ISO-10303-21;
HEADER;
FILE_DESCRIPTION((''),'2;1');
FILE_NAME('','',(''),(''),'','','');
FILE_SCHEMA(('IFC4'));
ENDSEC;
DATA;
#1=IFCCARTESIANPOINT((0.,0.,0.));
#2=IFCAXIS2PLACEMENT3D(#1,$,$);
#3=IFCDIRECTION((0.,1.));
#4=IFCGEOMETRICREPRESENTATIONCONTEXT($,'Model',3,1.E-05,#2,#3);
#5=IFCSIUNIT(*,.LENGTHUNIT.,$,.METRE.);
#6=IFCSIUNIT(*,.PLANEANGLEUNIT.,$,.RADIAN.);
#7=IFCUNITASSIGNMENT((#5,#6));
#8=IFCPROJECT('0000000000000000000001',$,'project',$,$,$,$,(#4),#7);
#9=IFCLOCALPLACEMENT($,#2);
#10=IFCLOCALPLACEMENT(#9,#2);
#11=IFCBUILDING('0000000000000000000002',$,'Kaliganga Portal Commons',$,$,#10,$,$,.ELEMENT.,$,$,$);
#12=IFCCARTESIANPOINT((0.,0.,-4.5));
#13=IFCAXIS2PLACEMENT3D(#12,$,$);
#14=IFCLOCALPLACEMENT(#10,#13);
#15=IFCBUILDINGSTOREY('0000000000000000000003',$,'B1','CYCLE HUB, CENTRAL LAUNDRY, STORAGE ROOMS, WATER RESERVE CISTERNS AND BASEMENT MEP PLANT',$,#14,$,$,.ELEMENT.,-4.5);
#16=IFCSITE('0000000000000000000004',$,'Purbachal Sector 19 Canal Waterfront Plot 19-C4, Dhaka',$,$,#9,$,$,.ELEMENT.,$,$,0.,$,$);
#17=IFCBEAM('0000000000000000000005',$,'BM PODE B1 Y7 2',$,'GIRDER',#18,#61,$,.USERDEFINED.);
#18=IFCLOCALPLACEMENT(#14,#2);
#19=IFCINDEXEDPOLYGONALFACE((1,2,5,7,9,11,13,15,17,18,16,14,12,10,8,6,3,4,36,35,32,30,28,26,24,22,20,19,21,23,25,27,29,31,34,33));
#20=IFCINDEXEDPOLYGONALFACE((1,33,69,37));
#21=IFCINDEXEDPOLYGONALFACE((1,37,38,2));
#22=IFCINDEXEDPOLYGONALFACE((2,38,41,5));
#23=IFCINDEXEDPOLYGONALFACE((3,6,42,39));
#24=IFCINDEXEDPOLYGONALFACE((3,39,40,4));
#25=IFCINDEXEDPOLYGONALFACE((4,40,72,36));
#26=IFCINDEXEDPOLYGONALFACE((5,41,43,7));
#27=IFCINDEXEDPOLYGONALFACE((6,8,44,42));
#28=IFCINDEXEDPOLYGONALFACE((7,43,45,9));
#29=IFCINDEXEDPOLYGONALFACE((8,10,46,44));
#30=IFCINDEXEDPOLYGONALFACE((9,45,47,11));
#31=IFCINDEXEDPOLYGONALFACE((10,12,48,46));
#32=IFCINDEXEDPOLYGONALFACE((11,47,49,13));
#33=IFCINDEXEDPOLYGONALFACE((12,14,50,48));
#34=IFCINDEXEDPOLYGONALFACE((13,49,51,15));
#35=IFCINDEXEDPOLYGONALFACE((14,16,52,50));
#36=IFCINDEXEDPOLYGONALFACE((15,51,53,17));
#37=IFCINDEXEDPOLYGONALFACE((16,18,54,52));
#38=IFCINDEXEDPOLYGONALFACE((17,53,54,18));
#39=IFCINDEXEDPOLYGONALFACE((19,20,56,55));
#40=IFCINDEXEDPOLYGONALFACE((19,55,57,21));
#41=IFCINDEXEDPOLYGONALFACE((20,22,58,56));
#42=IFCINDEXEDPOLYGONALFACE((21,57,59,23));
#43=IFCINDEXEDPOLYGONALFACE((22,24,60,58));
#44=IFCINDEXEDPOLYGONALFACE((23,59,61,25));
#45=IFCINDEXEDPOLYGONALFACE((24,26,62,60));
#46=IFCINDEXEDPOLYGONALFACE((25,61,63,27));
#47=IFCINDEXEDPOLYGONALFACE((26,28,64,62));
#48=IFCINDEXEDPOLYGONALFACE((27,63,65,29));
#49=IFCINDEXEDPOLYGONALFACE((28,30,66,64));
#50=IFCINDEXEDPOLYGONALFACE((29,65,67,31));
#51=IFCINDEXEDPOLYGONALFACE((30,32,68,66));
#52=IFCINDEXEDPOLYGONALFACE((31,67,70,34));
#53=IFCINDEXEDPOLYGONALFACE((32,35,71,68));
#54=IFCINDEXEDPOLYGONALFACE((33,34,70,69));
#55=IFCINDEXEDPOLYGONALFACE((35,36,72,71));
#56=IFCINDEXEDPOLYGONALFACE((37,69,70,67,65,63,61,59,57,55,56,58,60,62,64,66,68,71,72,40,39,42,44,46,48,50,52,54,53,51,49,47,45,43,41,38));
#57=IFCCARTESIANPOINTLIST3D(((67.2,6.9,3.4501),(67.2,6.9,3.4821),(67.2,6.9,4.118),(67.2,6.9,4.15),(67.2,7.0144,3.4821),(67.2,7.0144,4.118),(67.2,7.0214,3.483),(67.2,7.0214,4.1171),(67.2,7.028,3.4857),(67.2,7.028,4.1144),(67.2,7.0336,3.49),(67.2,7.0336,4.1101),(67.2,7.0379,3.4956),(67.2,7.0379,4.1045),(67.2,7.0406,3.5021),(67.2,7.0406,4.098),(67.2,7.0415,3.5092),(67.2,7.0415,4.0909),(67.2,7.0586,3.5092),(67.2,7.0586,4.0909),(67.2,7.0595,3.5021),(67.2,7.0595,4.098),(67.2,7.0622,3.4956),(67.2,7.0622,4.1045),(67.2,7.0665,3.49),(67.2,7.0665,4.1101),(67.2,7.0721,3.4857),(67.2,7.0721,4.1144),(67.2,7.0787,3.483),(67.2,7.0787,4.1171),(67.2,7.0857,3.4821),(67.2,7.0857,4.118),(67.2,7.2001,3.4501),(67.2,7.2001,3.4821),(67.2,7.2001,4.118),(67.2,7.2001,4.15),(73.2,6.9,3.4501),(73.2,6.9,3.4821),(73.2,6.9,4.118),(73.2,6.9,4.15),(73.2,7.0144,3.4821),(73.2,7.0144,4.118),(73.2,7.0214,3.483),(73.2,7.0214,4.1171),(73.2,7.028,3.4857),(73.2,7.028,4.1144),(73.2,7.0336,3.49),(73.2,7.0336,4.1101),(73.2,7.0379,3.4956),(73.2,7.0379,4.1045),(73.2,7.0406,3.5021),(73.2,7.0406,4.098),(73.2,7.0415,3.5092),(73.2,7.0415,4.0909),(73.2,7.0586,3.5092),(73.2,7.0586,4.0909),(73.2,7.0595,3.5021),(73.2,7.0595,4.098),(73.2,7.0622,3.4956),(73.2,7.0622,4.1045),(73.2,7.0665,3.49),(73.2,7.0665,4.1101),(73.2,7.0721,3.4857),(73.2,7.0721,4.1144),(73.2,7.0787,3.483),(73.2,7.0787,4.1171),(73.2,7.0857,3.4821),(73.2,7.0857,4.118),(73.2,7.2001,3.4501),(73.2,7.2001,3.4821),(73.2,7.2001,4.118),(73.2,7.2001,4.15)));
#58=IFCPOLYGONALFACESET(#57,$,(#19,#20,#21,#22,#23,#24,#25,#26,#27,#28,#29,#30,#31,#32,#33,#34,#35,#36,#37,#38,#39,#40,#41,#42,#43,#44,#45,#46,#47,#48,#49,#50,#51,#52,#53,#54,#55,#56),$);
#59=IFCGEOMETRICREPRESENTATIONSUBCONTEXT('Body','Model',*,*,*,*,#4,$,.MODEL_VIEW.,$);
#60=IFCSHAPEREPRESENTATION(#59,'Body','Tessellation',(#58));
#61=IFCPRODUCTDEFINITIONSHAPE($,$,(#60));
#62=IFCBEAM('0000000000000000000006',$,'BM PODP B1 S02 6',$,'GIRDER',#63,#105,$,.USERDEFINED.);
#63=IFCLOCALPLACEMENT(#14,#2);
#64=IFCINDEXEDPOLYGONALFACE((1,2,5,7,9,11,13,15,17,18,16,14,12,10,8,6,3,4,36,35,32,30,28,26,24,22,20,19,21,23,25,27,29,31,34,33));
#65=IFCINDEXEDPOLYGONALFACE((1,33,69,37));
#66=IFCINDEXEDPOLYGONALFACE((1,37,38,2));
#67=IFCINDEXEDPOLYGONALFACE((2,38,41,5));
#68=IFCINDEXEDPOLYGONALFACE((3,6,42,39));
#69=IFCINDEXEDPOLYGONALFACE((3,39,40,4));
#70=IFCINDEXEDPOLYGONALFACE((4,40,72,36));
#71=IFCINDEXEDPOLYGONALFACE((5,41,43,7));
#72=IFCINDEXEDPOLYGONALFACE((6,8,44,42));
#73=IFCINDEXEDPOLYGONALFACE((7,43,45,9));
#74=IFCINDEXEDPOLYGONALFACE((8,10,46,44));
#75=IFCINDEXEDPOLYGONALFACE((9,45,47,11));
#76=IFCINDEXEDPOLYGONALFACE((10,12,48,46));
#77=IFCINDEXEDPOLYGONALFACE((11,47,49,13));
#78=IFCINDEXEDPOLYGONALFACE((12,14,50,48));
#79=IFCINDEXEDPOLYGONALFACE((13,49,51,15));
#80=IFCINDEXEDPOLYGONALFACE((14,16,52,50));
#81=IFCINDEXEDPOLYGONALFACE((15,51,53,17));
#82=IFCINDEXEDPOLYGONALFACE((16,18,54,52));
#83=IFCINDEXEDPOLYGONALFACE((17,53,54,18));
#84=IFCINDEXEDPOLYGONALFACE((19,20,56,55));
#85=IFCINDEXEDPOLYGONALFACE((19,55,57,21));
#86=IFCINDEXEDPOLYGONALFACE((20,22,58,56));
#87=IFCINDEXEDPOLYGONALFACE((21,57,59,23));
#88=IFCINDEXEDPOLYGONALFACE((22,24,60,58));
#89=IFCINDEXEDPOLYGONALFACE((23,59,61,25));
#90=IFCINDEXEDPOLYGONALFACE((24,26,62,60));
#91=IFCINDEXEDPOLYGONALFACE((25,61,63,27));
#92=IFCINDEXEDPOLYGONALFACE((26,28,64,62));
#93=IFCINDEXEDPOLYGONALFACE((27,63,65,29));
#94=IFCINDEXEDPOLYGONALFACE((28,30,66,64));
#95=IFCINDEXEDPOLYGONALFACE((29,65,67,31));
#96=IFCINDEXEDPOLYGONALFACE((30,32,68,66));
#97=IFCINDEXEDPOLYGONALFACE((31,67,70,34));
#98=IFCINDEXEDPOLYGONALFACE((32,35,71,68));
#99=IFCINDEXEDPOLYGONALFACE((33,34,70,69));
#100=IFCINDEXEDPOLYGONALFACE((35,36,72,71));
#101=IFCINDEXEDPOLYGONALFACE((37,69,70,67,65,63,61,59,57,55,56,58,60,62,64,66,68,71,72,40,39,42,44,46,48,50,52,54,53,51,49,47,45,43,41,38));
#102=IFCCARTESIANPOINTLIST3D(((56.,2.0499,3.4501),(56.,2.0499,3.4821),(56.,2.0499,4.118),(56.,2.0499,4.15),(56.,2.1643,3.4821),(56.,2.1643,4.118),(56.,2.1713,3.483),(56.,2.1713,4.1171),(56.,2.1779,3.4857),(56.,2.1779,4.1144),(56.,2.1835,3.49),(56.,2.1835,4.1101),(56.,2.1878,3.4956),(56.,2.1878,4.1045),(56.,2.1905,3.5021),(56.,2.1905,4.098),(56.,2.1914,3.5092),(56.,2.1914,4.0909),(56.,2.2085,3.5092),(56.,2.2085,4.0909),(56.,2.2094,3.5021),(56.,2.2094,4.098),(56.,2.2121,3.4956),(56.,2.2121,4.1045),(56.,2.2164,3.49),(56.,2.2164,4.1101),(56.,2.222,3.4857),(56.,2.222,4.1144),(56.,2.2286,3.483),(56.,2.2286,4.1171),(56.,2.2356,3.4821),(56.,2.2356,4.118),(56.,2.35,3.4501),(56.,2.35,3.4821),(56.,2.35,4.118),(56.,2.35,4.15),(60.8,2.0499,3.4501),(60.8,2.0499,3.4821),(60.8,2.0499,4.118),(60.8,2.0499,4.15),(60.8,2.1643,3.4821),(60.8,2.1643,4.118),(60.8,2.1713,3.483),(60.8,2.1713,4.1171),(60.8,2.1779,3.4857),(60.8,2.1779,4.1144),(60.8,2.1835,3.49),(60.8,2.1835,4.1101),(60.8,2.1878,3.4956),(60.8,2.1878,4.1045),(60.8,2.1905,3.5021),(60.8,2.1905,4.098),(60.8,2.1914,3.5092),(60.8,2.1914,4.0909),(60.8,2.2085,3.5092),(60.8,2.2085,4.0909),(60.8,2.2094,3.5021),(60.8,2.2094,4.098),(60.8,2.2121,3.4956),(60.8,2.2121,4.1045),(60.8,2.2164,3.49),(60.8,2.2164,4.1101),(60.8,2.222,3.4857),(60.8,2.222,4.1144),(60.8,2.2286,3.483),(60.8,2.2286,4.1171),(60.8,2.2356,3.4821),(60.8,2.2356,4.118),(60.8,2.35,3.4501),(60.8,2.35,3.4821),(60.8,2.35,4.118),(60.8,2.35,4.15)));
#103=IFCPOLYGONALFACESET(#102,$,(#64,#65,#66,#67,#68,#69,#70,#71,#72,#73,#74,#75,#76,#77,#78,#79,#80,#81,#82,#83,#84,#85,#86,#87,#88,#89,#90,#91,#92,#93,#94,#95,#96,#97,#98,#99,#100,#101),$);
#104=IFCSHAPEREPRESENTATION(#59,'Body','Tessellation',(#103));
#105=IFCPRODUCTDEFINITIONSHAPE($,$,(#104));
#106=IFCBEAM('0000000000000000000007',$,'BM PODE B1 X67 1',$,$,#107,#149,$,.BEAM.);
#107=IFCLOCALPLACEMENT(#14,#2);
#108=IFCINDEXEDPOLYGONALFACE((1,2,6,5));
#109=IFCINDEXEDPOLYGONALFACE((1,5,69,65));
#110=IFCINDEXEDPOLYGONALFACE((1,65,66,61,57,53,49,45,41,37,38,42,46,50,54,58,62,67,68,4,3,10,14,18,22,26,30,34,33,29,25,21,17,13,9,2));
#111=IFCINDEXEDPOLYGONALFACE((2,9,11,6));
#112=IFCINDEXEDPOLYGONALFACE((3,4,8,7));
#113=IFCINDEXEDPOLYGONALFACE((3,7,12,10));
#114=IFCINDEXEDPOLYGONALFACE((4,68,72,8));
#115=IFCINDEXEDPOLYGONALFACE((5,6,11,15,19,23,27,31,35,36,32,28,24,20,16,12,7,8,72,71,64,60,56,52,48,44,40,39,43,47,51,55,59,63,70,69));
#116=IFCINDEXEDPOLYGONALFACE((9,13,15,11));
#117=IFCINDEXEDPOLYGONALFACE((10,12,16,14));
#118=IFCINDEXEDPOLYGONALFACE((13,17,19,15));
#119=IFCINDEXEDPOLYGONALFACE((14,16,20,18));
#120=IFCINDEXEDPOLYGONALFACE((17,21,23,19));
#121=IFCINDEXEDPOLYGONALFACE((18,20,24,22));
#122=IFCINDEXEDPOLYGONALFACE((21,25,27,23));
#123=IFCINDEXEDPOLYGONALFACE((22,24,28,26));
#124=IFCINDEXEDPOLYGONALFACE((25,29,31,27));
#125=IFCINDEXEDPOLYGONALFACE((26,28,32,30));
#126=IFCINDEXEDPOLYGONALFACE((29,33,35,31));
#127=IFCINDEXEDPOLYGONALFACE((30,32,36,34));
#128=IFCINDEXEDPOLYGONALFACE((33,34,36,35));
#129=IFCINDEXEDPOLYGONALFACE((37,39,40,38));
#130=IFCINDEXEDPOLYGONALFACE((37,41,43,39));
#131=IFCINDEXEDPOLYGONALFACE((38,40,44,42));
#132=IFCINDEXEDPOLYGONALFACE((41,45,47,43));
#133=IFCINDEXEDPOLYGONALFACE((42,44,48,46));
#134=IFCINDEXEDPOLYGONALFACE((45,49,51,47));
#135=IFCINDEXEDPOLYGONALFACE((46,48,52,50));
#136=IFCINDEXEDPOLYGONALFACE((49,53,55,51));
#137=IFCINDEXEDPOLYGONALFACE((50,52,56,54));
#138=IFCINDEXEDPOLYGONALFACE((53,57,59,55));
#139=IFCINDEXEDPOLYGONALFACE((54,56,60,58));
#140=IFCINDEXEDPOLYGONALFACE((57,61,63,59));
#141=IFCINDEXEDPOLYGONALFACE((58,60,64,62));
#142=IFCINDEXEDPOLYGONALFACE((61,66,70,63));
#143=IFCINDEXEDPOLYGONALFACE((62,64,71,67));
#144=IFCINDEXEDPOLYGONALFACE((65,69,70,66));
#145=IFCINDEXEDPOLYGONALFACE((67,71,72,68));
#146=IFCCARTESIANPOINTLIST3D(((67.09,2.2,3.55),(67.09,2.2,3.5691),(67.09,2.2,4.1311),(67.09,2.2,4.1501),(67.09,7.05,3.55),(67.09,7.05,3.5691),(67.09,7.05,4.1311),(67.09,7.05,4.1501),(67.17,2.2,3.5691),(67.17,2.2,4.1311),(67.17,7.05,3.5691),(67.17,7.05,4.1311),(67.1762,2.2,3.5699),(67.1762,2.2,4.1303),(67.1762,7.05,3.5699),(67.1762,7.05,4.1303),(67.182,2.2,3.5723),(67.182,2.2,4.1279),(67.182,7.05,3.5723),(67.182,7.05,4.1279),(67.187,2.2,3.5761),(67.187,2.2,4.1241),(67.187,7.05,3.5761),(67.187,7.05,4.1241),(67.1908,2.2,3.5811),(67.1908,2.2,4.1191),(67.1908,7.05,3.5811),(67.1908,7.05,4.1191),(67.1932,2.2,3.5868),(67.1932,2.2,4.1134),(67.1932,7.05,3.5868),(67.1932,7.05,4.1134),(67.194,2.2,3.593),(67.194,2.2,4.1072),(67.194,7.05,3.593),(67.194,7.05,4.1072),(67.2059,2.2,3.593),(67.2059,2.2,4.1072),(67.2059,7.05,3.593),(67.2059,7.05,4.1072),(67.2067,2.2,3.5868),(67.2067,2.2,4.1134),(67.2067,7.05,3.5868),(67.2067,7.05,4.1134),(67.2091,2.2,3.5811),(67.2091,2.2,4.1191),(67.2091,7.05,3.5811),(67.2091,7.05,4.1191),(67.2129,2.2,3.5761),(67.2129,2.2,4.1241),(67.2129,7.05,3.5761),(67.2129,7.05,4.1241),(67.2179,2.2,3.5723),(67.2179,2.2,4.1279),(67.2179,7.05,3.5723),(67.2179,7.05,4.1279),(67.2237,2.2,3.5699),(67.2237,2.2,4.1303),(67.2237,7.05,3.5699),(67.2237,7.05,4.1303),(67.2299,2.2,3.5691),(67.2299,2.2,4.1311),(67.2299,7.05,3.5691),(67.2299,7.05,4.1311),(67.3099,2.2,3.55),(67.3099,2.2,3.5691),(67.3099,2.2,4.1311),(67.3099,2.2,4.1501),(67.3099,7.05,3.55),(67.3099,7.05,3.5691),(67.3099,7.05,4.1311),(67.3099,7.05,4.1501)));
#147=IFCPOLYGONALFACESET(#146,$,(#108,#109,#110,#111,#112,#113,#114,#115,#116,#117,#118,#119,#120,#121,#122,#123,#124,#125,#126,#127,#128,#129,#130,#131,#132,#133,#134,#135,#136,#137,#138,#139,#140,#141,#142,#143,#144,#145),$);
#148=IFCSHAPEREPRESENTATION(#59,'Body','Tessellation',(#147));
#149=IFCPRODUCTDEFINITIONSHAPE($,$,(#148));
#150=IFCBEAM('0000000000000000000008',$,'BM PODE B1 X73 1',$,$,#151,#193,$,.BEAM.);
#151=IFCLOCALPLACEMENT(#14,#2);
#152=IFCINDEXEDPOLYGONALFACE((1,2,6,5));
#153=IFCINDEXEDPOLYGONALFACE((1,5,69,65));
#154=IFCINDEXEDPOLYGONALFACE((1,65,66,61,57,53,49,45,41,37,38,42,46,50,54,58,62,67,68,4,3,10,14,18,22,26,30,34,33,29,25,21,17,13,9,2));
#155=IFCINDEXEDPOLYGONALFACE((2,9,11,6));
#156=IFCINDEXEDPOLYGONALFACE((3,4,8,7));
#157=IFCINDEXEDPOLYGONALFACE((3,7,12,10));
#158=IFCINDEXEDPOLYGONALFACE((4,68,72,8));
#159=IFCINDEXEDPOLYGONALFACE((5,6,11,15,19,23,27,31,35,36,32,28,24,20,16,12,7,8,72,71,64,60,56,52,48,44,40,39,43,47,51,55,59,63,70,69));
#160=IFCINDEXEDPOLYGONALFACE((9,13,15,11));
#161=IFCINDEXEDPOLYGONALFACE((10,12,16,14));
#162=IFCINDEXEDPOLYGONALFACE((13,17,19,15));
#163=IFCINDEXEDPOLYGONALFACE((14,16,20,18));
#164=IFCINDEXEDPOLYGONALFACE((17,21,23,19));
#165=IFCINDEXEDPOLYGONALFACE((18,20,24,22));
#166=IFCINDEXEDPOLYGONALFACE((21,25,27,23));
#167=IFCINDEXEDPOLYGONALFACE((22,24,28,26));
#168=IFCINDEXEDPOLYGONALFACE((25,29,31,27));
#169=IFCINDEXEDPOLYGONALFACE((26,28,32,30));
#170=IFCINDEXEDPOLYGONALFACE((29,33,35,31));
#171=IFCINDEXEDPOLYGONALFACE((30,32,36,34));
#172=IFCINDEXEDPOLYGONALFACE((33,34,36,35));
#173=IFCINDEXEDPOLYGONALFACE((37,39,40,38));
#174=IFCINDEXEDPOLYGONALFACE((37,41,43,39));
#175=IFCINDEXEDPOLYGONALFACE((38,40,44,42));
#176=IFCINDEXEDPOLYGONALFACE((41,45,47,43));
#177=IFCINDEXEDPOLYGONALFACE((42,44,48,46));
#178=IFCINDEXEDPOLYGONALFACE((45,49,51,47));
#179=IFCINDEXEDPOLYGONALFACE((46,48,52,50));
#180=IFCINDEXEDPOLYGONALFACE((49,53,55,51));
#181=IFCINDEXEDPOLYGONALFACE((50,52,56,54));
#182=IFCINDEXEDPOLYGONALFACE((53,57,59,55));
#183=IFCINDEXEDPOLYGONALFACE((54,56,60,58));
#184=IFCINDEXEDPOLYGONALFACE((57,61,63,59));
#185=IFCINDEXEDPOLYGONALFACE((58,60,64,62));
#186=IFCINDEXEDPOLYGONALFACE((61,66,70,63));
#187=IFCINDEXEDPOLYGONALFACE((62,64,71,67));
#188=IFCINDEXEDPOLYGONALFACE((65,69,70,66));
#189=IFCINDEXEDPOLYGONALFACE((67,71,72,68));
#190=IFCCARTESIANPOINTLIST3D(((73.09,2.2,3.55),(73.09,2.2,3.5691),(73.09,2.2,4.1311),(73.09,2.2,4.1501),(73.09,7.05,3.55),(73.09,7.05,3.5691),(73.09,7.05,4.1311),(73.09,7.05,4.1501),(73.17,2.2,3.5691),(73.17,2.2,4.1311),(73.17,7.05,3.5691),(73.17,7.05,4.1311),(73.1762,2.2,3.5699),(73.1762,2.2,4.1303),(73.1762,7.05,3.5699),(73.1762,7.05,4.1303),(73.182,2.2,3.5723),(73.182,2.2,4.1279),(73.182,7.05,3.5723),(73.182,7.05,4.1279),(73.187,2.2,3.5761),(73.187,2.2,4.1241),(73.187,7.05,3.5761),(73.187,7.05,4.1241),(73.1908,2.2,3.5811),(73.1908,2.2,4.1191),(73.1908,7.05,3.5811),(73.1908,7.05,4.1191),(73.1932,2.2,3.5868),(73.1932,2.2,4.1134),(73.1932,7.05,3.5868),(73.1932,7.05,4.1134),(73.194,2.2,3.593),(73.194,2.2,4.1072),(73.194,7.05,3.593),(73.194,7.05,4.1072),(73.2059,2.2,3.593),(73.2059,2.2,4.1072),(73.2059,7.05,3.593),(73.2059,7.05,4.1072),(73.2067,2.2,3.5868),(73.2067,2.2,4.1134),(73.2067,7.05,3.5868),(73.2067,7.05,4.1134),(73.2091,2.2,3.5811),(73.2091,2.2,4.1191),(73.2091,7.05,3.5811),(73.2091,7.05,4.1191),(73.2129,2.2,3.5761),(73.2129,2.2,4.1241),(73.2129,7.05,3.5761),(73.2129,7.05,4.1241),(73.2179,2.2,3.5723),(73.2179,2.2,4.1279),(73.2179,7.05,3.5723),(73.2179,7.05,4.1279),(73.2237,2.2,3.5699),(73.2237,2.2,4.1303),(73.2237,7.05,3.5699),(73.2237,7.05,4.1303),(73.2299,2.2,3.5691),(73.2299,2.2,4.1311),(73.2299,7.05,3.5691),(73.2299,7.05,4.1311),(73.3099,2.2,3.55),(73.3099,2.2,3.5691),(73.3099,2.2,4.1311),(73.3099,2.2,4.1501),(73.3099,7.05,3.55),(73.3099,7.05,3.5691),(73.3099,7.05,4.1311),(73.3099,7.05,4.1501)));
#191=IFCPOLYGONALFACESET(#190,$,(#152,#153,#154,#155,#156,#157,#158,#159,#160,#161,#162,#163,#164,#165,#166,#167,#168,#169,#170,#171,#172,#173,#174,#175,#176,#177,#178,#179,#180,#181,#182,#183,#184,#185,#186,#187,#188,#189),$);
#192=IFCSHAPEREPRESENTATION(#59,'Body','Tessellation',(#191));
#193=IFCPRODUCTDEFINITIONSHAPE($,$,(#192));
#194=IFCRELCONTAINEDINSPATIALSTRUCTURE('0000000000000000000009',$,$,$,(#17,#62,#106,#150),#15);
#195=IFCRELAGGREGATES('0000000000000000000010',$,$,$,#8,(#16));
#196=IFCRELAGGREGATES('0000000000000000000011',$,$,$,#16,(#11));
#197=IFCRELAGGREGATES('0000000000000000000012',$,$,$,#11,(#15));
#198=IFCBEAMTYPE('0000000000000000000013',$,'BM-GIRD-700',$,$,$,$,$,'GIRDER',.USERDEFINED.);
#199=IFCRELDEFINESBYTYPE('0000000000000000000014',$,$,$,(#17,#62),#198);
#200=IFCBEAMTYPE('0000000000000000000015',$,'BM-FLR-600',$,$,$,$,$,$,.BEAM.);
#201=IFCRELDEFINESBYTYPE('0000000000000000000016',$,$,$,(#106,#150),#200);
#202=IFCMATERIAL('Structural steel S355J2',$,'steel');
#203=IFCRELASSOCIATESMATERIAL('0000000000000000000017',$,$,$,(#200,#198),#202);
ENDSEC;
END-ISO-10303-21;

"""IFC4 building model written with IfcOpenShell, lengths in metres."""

from ifc_helpers import new_model, si_unit, direction, frame, origin, origin_2d, place, context, subcontext, project, spatial, i_section, extrude, source, transform, mapped, material, material_profile, profile_set, type_object, element, save


model = new_model("IFC4")

# Units and contexts
model_context = context("Model", 3, precision=1e-05, world=origin(), true_north=direction((0.0, 1.0)))
body_context = subcontext(model_context, "Body", "Model", "MODEL_VIEW")
ifc_project = project(units=[si_unit("LENGTHUNIT", "METRE"), si_unit("PLANEANGLEUNIT", "RADIAN")], contexts=[model_context])

# Site, building, storey
site_placement = place(None, origin())
site = spatial("IfcSite", under=ifc_project, at=site_placement, Name="Purbachal Sector 19 Canal Waterfront Plot 19-C4, Dhaka", CompositionType="ELEMENT", RefElevation=0.0)
building_placement = place(site_placement, origin())
building = spatial("IfcBuilding", under=site, at=building_placement, Name="Kaliganga Portal Commons", CompositionType="ELEMENT")
storey_placement = place(building_placement, frame((0.0, 0.0, -4.5)))
storey = spatial("IfcBuildingStorey", under=building, at=storey_placement, Name="B1", Description="CYCLE HUB, CENTRAL LAUNDRY, STORAGE ROOMS, WATER RESERVE CISTERNS AND BASEMENT MEP PLANT", CompositionType="ELEMENT", Elevation=-4.5)

# Shared definitions
ifc_material_1 = material(Name="Structural steel S355J2", Category="steel")

# Beams
ifc_material_profile_1 = material_profile(ifc_material_1, i_section(OverallWidth=0.22, OverallDepth=0.6001, WebThickness=0.012, FlangeThickness=0.019, FilletRadius=0.0239, at=origin_2d()), Name="IPE 600")
ifc_profile_set_1 = profile_set([ifc_material_profile_1], Name="Structural steel S355J2 wide-flange")
beam_type_1 = type_object("IfcBeamType", Name="BM-FLR-600", PredefinedType="BEAM", material=ifc_profile_set_1)
ifc_material_profile_2 = material_profile(ifc_material_1, i_section(OverallWidth=0.3, OverallDepth=0.7, WebThickness=0.0171, FlangeThickness=0.032, FilletRadius=0.0271, at=origin_2d()), Name="HE 700 B")
ifc_profile_set_2 = profile_set([ifc_material_profile_2], Name="Structural steel S355J2 wide-flange")
beam_type_2 = type_object("IfcBeamType", Name="BM-GIRD-700", ElementType="GIRDER", PredefinedType="USERDEFINED", material=ifc_profile_set_2)
shared_shape_1 = source(origin(), body_context, "Body", "SweptSolid", [
    extrude(i_section(OverallWidth=0.3, OverallDepth=0.7, WebThickness=0.0171, FlangeThickness=0.032, FilletRadius=0.0271, at=origin_2d()), origin(), (0.0, 0.0, 1.0), 6.0),
])
for number, where, z_axis, x_axis, name in (
    (1, (67.2, 7.05, 3.8), (1.0, 0.0, 0.0), (0.0, 1.0, 0.0), "BM PODE B1 Y7 2"),
):
    element("IfcBeam", number, at=place(storey_placement, frame(where, z_axis=z_axis, x_axis=x_axis)), inside=storey, type_object=beam_type_2, Name=name, ObjectType="GIRDER", PredefinedType="USERDEFINED", context=body_context, shape_type="MappedRepresentation", body=[
        mapped(shared_shape_1, transform((0.0, 0.0, 0.0), x_axis=(1.0, 0.0, 0.0), y_axis=(0.0, 1.0, 0.0), z_axis=(0.0, 0.0, 1.0), scale=1.0)),
    ])
shared_shape_2 = source(origin(), body_context, "Body", "SweptSolid", [
    extrude(i_section(OverallWidth=0.3, OverallDepth=0.7, WebThickness=0.0171, FlangeThickness=0.032, FilletRadius=0.0271, at=origin_2d()), origin(), (0.0, 0.0, 1.0), 4.8),
])
beam_1_placement = place(storey_placement, frame((56.0, 2.2, 3.8), z_axis=(1.0, 0.0, 0.0), x_axis=(0.0, 1.0, 0.0)))
element("IfcBeam", 2, at=beam_1_placement, inside=storey, type_object=beam_type_2, Name="BM PODP B1 S02 6", ObjectType="GIRDER", PredefinedType="USERDEFINED", context=body_context, shape_type="MappedRepresentation", body=[
    mapped(shared_shape_2, transform((0.0, 0.0, 0.0), x_axis=(1.0, 0.0, 0.0), y_axis=(0.0, 1.0, 0.0), z_axis=(0.0, 0.0, 1.0), scale=1.0)),
])
shared_shape_3 = source(origin(), body_context, "Body", "SweptSolid", [
    extrude(i_section(OverallWidth=0.22, OverallDepth=0.6001, WebThickness=0.012, FlangeThickness=0.019, FilletRadius=0.0239, at=origin_2d()), origin(), (0.0, 0.0, 1.0), 4.8501),
])
for number, where, z_axis, x_axis, name in (
    (3, (67.2, 2.2, 3.8501), (0.0, 1.0, 0.0), (-1.0, 0.0, 0.0), "BM PODE B1 X67 1"),
    (4, (73.2, 2.2, 3.8501), (0.0, 1.0, 0.0), (-1.0, 0.0, 0.0), "BM PODE B1 X73 1"),
):
    element("IfcBeam", number, at=place(storey_placement, frame(where, z_axis=z_axis, x_axis=x_axis)), inside=storey, type_object=beam_type_1, Name=name, PredefinedType="BEAM", context=body_context, shape_type="MappedRepresentation", body=[
        mapped(shared_shape_3, transform((0.0, 0.0, 0.0), x_axis=(1.0, 0.0, 0.0), y_axis=(0.0, 1.0, 0.0), z_axis=(0.0, 0.0, 1.0), scale=1.0)),
    ])

save(model, "model.ifc")
